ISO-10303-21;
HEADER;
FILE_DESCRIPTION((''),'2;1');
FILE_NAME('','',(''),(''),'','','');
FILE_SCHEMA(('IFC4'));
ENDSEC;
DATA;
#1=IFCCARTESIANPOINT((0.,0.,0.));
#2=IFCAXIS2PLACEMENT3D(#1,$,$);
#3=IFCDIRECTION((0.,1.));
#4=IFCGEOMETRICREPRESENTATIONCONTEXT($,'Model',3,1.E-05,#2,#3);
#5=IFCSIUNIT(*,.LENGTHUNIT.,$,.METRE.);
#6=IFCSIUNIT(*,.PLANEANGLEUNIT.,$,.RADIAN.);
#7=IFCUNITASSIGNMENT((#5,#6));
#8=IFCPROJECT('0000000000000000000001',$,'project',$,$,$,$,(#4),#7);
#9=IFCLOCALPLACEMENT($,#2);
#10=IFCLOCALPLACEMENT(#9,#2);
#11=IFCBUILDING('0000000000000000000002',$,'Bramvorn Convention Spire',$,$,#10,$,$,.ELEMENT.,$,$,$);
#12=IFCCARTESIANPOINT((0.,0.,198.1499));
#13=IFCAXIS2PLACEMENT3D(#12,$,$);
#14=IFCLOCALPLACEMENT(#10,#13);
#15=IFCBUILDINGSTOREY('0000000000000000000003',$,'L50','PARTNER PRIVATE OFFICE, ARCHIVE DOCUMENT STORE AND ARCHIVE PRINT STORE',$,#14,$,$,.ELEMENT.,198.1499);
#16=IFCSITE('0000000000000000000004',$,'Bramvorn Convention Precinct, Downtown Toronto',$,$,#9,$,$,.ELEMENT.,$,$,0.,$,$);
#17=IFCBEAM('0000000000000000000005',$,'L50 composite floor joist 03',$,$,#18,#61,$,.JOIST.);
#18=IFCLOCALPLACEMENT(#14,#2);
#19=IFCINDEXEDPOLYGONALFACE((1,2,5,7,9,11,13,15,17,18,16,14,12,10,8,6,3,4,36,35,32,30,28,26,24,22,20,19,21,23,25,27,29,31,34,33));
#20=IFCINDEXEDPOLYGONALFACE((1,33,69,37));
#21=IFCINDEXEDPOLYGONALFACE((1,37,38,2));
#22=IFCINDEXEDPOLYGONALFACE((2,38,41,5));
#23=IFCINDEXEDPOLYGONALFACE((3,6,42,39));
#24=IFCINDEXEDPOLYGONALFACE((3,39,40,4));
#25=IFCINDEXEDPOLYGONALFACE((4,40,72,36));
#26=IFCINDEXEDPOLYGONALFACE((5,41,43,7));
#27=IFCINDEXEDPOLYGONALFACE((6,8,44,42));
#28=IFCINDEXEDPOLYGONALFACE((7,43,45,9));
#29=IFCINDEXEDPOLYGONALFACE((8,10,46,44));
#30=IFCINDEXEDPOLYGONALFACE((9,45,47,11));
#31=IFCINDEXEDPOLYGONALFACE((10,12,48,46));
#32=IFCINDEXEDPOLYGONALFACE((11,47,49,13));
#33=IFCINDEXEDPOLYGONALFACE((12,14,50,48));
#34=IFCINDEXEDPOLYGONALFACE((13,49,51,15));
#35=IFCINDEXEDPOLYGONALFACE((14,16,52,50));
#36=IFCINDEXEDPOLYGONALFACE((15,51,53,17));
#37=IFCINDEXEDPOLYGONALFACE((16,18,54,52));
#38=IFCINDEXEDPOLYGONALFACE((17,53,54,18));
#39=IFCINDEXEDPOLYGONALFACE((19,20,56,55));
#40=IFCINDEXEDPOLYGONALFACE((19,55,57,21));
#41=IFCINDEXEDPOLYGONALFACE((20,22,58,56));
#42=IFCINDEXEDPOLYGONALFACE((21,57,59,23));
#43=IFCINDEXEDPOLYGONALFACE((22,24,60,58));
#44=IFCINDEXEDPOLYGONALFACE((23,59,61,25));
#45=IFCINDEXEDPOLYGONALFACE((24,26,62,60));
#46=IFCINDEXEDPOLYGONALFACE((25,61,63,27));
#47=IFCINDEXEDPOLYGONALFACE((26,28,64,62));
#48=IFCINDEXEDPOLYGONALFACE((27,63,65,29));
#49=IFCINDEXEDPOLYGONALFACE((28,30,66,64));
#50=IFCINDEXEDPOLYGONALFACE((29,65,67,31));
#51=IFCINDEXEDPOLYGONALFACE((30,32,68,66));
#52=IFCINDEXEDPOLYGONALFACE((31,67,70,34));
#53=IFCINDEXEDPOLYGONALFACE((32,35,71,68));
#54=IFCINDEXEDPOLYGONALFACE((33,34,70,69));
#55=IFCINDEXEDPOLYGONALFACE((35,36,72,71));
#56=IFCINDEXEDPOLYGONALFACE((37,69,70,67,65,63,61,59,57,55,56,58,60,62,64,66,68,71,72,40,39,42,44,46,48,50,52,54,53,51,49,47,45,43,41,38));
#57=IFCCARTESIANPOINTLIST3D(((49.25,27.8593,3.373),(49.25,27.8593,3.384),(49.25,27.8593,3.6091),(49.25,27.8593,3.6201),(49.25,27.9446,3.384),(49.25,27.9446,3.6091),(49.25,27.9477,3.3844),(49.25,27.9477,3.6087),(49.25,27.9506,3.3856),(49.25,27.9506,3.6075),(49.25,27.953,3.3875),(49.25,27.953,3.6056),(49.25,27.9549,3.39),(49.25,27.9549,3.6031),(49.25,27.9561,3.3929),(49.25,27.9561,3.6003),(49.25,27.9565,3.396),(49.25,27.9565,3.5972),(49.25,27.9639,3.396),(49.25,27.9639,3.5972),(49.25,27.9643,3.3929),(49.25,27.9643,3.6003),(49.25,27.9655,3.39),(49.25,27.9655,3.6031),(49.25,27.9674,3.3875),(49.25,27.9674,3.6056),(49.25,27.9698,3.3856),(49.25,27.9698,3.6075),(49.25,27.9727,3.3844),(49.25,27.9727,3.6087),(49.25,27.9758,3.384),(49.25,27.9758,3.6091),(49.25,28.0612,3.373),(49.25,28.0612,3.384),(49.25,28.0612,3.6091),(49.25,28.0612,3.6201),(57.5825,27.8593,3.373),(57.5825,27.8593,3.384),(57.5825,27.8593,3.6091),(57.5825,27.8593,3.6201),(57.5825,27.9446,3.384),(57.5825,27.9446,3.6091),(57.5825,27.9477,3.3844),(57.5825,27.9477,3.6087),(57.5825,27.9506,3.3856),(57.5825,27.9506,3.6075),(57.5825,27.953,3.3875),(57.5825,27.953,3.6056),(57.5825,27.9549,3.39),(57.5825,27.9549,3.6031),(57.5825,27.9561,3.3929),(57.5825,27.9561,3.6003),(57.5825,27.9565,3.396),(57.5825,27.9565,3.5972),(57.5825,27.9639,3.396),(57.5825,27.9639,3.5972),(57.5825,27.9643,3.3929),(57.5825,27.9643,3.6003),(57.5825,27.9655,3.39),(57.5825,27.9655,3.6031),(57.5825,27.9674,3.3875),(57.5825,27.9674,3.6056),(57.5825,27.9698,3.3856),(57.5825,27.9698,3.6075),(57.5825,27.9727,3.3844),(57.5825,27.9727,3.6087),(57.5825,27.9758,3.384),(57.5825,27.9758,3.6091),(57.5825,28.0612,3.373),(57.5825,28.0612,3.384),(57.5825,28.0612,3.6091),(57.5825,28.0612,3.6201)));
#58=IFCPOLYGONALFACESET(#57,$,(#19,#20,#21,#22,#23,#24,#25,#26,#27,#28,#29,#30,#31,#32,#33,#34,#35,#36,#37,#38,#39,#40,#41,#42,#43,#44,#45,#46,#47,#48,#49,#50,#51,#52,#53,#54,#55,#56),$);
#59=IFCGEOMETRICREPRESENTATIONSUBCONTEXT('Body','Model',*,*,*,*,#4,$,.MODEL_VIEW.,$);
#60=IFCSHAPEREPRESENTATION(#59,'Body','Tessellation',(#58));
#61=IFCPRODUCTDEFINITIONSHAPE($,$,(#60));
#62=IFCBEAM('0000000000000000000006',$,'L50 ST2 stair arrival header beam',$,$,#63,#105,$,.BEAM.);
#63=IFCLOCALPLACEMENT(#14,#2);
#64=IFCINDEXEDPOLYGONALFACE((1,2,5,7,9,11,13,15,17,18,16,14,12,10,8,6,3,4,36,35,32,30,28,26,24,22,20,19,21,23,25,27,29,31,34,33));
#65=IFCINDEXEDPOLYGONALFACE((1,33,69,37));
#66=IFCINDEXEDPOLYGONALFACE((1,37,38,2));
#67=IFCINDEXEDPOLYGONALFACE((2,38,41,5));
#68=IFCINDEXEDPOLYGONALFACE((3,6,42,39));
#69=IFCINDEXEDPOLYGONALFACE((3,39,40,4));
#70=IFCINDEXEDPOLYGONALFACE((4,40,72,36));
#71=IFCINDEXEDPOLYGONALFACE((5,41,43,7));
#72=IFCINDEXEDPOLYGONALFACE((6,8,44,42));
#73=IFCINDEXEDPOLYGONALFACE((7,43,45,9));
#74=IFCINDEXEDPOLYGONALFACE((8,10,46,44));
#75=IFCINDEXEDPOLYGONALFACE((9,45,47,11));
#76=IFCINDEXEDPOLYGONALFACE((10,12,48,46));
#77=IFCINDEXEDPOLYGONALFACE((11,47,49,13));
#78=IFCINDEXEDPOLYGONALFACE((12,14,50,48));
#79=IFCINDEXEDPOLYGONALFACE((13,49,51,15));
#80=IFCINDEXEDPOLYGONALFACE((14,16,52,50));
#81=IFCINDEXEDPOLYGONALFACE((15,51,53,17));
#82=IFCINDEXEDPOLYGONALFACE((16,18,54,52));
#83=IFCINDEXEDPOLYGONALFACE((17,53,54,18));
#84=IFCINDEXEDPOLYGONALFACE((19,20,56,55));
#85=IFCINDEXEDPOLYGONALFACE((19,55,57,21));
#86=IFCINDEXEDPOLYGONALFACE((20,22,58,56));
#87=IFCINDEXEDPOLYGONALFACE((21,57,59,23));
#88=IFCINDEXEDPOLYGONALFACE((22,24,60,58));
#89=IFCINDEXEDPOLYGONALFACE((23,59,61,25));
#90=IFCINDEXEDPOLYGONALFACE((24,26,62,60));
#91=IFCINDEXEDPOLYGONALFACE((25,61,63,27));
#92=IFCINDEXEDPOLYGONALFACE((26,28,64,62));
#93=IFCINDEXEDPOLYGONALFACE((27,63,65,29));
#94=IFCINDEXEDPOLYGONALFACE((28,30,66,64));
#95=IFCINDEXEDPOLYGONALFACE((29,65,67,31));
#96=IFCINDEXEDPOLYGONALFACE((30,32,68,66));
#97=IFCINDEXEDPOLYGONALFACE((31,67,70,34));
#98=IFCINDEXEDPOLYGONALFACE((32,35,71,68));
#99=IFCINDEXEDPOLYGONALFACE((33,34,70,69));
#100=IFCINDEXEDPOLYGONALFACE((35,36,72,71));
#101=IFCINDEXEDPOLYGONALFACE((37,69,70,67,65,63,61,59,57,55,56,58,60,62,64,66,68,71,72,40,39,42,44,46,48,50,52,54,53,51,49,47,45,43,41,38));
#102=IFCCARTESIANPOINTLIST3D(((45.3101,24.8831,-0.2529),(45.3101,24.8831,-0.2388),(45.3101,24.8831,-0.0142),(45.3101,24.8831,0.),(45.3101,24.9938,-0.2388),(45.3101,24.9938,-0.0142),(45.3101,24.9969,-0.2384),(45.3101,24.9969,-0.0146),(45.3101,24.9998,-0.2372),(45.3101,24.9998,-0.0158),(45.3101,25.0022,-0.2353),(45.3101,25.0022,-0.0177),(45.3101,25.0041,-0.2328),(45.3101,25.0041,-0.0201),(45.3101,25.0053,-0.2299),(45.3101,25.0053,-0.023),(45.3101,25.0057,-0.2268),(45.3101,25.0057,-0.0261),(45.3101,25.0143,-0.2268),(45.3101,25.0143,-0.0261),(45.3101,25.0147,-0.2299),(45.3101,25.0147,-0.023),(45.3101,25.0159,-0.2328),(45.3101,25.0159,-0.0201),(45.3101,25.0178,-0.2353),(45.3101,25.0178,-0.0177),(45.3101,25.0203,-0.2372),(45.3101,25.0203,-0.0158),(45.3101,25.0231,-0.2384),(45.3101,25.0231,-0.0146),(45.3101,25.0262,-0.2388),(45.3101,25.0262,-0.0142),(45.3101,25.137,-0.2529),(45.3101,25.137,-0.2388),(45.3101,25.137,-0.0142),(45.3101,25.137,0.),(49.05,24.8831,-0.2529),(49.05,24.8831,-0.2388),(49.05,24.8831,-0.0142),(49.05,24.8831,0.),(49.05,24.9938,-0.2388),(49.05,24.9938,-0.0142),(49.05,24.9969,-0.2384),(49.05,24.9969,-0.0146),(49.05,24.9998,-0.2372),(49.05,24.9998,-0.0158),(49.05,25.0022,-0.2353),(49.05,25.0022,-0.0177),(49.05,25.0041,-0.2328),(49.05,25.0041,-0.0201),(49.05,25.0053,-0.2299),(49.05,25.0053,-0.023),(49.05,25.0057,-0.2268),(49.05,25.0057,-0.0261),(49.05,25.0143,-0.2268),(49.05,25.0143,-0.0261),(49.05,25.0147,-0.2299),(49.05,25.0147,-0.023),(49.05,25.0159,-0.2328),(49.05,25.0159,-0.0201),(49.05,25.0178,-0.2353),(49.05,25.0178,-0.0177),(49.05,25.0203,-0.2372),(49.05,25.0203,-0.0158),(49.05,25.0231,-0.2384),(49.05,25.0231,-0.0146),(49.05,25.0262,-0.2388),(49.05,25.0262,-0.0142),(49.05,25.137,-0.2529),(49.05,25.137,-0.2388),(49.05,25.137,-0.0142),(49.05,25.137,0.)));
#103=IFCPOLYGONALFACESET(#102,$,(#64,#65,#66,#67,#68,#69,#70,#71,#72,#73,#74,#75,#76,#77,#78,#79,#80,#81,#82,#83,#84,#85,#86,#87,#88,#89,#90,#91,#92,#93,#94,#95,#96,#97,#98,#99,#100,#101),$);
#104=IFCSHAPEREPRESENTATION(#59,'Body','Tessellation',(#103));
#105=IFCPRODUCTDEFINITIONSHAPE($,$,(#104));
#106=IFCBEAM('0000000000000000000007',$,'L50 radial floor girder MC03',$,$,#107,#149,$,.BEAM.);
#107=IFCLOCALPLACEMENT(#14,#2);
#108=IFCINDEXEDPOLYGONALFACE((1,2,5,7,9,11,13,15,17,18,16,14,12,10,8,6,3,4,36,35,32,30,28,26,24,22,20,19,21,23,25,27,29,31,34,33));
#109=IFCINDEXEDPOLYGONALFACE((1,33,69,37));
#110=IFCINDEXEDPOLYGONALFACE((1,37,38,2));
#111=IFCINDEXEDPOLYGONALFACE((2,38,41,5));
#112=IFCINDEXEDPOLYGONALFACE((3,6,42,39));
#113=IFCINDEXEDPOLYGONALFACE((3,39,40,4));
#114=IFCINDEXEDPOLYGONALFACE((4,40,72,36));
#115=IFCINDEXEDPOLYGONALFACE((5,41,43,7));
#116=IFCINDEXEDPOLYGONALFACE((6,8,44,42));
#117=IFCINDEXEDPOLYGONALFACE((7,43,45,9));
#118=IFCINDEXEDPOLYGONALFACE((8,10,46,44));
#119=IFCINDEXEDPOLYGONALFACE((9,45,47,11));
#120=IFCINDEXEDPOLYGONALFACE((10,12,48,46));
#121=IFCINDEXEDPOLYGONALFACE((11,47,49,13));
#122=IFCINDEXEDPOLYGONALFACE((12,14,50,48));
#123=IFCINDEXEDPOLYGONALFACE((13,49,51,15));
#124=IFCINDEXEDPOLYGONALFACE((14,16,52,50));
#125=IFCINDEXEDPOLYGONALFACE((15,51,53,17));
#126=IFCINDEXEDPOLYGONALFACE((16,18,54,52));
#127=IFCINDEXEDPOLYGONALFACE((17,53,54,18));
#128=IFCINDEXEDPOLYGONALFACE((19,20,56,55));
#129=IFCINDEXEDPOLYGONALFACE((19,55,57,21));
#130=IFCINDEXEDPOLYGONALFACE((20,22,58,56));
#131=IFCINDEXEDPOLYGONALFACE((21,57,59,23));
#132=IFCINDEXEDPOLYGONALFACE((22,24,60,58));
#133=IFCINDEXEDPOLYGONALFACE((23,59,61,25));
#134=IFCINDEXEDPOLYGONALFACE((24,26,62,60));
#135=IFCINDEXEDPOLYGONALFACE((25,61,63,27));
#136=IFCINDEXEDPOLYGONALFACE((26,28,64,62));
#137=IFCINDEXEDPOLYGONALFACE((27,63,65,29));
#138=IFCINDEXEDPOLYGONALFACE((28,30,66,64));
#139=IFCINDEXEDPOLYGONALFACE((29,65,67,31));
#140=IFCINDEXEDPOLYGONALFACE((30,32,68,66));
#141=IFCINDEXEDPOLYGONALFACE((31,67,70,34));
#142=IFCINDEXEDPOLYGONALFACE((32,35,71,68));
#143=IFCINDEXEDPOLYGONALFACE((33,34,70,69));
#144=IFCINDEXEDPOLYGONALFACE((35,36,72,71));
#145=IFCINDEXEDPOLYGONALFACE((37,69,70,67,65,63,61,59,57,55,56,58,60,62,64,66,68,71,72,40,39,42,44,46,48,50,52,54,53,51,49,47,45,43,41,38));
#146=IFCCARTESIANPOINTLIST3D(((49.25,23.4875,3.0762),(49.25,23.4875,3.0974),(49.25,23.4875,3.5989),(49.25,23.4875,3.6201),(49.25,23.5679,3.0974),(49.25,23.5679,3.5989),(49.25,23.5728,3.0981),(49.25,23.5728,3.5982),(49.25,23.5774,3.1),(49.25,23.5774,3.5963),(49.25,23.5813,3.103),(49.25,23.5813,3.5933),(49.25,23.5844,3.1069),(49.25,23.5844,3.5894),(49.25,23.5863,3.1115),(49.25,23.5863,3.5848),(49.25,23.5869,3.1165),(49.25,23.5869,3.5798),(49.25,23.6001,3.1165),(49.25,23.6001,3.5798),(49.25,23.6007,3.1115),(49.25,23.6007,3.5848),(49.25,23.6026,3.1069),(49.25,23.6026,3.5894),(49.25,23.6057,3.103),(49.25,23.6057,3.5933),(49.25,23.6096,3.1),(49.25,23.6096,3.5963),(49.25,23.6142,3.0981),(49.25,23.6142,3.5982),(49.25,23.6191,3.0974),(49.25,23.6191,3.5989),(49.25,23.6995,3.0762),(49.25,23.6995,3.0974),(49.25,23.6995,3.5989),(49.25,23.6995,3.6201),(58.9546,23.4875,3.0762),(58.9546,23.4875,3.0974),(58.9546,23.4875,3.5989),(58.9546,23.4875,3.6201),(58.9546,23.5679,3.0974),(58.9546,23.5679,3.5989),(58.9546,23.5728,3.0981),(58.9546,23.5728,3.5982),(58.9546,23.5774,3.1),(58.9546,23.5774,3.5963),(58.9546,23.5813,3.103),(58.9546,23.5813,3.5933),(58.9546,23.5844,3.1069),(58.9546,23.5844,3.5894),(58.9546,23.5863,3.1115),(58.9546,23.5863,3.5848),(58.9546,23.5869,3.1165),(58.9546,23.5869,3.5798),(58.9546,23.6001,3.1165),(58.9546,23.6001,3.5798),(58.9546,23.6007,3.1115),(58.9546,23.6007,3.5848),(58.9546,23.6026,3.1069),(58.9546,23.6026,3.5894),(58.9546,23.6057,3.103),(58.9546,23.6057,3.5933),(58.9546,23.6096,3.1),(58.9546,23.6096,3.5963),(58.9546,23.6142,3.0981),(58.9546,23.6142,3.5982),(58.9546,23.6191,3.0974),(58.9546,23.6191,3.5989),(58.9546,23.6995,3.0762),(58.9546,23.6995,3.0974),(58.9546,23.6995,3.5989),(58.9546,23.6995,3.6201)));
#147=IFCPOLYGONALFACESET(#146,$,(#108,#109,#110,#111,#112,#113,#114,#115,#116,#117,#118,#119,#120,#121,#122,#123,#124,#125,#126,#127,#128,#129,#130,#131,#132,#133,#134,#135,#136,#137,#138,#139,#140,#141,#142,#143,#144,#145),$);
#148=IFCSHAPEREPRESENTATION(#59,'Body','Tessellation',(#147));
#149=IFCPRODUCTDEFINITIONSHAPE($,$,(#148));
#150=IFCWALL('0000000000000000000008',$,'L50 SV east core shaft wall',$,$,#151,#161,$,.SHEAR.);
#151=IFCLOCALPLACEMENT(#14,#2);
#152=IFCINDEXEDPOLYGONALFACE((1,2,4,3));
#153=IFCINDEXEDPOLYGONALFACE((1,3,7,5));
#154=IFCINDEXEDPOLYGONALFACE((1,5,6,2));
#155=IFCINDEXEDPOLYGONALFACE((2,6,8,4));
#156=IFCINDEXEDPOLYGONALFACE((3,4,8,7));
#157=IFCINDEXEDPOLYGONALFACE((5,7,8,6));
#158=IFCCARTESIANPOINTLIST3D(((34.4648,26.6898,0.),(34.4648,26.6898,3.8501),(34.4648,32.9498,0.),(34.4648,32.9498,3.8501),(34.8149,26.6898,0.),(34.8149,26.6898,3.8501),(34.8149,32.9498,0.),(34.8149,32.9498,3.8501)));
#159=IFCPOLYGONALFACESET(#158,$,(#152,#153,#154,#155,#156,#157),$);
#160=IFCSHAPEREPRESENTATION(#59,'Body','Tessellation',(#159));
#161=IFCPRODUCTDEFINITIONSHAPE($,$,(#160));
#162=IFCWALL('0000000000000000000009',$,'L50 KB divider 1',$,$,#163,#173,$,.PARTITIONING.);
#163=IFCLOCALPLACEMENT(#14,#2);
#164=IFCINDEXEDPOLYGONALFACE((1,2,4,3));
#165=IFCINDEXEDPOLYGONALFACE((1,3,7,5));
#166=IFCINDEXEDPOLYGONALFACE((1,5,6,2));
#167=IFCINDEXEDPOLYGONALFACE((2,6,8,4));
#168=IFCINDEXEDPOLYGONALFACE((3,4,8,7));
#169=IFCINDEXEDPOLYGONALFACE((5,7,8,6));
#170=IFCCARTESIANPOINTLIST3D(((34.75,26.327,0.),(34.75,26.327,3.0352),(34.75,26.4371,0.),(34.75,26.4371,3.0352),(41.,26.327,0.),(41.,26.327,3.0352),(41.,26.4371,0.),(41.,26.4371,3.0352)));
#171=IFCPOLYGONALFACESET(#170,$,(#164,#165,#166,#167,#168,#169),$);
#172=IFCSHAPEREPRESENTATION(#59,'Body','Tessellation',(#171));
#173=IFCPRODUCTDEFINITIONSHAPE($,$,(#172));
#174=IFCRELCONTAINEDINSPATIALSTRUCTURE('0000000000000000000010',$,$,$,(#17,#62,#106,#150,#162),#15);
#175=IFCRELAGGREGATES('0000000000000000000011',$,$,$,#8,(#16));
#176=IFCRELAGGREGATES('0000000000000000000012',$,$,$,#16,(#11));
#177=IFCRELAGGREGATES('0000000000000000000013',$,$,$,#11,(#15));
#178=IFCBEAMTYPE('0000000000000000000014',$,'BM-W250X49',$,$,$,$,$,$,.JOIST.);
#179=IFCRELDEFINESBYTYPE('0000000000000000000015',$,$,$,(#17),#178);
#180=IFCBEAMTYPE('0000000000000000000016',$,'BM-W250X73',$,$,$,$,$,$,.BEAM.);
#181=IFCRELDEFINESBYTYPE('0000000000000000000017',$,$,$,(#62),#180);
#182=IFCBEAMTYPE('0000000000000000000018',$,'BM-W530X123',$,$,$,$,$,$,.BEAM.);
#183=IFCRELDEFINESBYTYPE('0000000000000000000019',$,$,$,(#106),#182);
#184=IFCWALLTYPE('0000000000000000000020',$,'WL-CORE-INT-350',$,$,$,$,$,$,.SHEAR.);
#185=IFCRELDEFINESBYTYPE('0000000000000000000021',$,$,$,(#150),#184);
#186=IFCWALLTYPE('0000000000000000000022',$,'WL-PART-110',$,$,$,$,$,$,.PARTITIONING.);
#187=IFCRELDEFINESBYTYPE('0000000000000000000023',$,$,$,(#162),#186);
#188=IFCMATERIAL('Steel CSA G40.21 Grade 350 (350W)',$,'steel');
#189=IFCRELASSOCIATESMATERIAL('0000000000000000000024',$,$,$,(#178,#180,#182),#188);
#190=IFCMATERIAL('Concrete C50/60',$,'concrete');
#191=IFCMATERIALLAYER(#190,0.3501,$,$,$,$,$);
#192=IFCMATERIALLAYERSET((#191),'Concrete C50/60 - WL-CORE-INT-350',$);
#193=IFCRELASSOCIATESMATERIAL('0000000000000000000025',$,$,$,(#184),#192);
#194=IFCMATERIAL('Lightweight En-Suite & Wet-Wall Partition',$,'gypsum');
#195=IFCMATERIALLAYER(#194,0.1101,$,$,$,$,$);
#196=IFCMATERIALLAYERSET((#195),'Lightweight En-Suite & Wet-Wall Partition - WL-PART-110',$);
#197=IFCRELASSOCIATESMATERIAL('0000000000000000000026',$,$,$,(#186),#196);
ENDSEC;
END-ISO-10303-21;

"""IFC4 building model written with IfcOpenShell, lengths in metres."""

from ifc_helpers import new_model, si_unit, direction, frame, frame_2d, origin, origin_2d, place, context, subcontext, project, spatial, rectangle, i_section, extrude, material, layer, layer_set, material_profile, profile_set, type_object, element, save


model = new_model("IFC4")

# Units and contexts
model_context = context("Model", 3, precision=1e-05, world=origin(), true_north=direction((0.0, 1.0)))
body_context = subcontext(model_context, "Body", "Model", "MODEL_VIEW")
ifc_project = project(units=[si_unit("LENGTHUNIT", "METRE"), si_unit("PLANEANGLEUNIT", "RADIAN")], contexts=[model_context])

# Site, building, storey
site_placement = place(None, origin())
site = spatial("IfcSite", under=ifc_project, at=site_placement, Name="Bramvorn Convention Precinct, Downtown Toronto", CompositionType="ELEMENT", RefElevation=0.0)
building_placement = place(site_placement, origin())
building = spatial("IfcBuilding", under=site, at=building_placement, Name="Bramvorn Convention Spire", CompositionType="ELEMENT")
storey_placement = place(building_placement, frame((0.0, 0.0, 198.1499)))
storey = spatial("IfcBuildingStorey", under=building, at=storey_placement, Name="L50", Description="PARTNER PRIVATE OFFICE, ARCHIVE DOCUMENT STORE AND ARCHIVE PRINT STORE", CompositionType="ELEMENT", Elevation=198.1499)

# Beams
ifc_material_1 = material(Name="Steel CSA G40.21 Grade 350 (350W)", Category="steel")
ifc_material_profile_1 = material_profile(ifc_material_1, i_section(OverallWidth=0.2019, OverallDepth=0.2471, WebThickness=0.0073, FlangeThickness=0.011, FilletRadius=0.012, at=origin_2d()))
ifc_profile_set_1 = profile_set([ifc_material_profile_1], Name="Steel CSA G40.21 Grade 350 (350W) - W250X49")
beam_type_1 = type_object("IfcBeamType", Name="BM-W250X49", PredefinedType="JOIST", material=ifc_profile_set_1)
beam_1_placement = place(storey_placement, frame((49.25, 27.9602, 3.4966), z_axis=(1.0, 0.0, 0.0), x_axis=(0.0, 1.0, 0.0)))
element("IfcBeam", 1, at=beam_1_placement, inside=storey, type_object=beam_type_1, Name="L50 composite floor joist 03", PredefinedType="JOIST", context=body_context, shape_type="SweptSolid", body=[
    extrude(i_section(OverallWidth=0.2019, OverallDepth=0.2471, WebThickness=0.0073, FlangeThickness=0.011, FilletRadius=0.012, at=origin_2d()), origin(), (0.0, 0.0, 1.0), 8.3325),
])
ifc_material_profile_2 = material_profile(ifc_material_1, i_section(OverallWidth=0.2539, OverallDepth=0.2529, WebThickness=0.0085, FlangeThickness=0.0142, FilletRadius=0.012, at=origin_2d()))
ifc_profile_set_2 = profile_set([ifc_material_profile_2], Name="Steel CSA G40.21 Grade 350 (350W) - W250X73")
beam_type_2 = type_object("IfcBeamType", Name="BM-W250X73", PredefinedType="BEAM", material=ifc_profile_set_2)
beam_2_placement = place(storey_placement, frame((45.3101, 25.01, -0.1265), z_axis=(1.0, 0.0, 0.0), x_axis=(0.0, 1.0, 0.0)))
element("IfcBeam", 2, at=beam_2_placement, inside=storey, type_object=beam_type_2, Name="L50 ST2 stair arrival header beam", PredefinedType="BEAM", context=body_context, shape_type="SweptSolid", body=[
    extrude(i_section(OverallWidth=0.2539, OverallDepth=0.2529, WebThickness=0.0085, FlangeThickness=0.0142, FilletRadius=0.012, at=origin_2d()), origin(), (0.0, 0.0, 1.0), 3.74),
])
ifc_material_profile_3 = material_profile(ifc_material_1, i_section(OverallWidth=0.2119, OverallDepth=0.5439, WebThickness=0.0132, FlangeThickness=0.0212, FilletRadius=0.019, at=origin_2d()))
ifc_profile_set_3 = profile_set([ifc_material_profile_3], Name="Steel CSA G40.21 Grade 350 (350W) - W530X123")
beam_type_3 = type_object("IfcBeamType", Name="BM-W530X123", PredefinedType="BEAM", material=ifc_profile_set_3)
beam_3_placement = place(storey_placement, frame((49.25, 23.5935, 3.3481), z_axis=(1.0, 0.0, 0.0), x_axis=(0.0, 1.0, 0.0)))
element("IfcBeam", 3, at=beam_3_placement, inside=storey, type_object=beam_type_3, Name="L50 radial floor girder MC03", PredefinedType="BEAM", context=body_context, shape_type="SweptSolid", body=[
    extrude(i_section(OverallWidth=0.2119, OverallDepth=0.5439, WebThickness=0.0132, FlangeThickness=0.0212, FilletRadius=0.019, at=origin_2d()), origin(), (0.0, 0.0, 1.0), 9.7046),
])

# Walls
ifc_material_2 = material(Name="Concrete C50/60", Category="concrete")
ifc_layer_1 = layer(ifc_material_2, 0.3501)
ifc_layer_set_1 = layer_set([ifc_layer_1], Name="Concrete C50/60 - WL-CORE-INT-350")
wall_type_1 = type_object("IfcWallType", Name="WL-CORE-INT-350", PredefinedType="SHEAR", material=ifc_layer_set_1)
wall_1_placement = place(storey_placement, frame((34.6399, 26.6899, 0.0), z_axis=(0.0, 0.0, 1.0), x_axis=(0.0, 1.0, 0.0)))
element("IfcWall", 4, at=wall_1_placement, inside=storey, type_object=wall_type_1, Name="L50 SV east core shaft wall", PredefinedType="SHEAR", context=body_context, shape_type="SweptSolid", body=[
    extrude(rectangle(XDim=6.26, YDim=0.3501, at=frame_2d((3.1299, 0.0))), origin(), (0.0, 0.0, 1.0), 3.8501),
])
ifc_material_3 = material(Name="Lightweight En-Suite & Wet-Wall Partition", Category="gypsum")
ifc_layer_2 = layer(ifc_material_3, 0.1101)
ifc_layer_set_2 = layer_set([ifc_layer_2], Name="Lightweight En-Suite & Wet-Wall Partition - WL-PART-110")
wall_type_2 = type_object("IfcWallType", Name="WL-PART-110", PredefinedType="PARTITIONING", material=ifc_layer_set_2)
wall_2_placement = place(storey_placement, frame((34.75, 26.3821, 0.0), z_axis=(0.0, 0.0, 1.0), x_axis=(1.0, 0.0, 0.0)))
element("IfcWall", 5, at=wall_2_placement, inside=storey, type_object=wall_type_2, Name="L50 KB divider 1", PredefinedType="PARTITIONING", context=body_context, shape_type="SweptSolid", body=[
    extrude(rectangle(XDim=6.25, YDim=0.1101, at=frame_2d((3.125, 0.0))), origin(), (0.0, 0.0, 1.0), 3.0352),
])

save(model, "model.ifc")
